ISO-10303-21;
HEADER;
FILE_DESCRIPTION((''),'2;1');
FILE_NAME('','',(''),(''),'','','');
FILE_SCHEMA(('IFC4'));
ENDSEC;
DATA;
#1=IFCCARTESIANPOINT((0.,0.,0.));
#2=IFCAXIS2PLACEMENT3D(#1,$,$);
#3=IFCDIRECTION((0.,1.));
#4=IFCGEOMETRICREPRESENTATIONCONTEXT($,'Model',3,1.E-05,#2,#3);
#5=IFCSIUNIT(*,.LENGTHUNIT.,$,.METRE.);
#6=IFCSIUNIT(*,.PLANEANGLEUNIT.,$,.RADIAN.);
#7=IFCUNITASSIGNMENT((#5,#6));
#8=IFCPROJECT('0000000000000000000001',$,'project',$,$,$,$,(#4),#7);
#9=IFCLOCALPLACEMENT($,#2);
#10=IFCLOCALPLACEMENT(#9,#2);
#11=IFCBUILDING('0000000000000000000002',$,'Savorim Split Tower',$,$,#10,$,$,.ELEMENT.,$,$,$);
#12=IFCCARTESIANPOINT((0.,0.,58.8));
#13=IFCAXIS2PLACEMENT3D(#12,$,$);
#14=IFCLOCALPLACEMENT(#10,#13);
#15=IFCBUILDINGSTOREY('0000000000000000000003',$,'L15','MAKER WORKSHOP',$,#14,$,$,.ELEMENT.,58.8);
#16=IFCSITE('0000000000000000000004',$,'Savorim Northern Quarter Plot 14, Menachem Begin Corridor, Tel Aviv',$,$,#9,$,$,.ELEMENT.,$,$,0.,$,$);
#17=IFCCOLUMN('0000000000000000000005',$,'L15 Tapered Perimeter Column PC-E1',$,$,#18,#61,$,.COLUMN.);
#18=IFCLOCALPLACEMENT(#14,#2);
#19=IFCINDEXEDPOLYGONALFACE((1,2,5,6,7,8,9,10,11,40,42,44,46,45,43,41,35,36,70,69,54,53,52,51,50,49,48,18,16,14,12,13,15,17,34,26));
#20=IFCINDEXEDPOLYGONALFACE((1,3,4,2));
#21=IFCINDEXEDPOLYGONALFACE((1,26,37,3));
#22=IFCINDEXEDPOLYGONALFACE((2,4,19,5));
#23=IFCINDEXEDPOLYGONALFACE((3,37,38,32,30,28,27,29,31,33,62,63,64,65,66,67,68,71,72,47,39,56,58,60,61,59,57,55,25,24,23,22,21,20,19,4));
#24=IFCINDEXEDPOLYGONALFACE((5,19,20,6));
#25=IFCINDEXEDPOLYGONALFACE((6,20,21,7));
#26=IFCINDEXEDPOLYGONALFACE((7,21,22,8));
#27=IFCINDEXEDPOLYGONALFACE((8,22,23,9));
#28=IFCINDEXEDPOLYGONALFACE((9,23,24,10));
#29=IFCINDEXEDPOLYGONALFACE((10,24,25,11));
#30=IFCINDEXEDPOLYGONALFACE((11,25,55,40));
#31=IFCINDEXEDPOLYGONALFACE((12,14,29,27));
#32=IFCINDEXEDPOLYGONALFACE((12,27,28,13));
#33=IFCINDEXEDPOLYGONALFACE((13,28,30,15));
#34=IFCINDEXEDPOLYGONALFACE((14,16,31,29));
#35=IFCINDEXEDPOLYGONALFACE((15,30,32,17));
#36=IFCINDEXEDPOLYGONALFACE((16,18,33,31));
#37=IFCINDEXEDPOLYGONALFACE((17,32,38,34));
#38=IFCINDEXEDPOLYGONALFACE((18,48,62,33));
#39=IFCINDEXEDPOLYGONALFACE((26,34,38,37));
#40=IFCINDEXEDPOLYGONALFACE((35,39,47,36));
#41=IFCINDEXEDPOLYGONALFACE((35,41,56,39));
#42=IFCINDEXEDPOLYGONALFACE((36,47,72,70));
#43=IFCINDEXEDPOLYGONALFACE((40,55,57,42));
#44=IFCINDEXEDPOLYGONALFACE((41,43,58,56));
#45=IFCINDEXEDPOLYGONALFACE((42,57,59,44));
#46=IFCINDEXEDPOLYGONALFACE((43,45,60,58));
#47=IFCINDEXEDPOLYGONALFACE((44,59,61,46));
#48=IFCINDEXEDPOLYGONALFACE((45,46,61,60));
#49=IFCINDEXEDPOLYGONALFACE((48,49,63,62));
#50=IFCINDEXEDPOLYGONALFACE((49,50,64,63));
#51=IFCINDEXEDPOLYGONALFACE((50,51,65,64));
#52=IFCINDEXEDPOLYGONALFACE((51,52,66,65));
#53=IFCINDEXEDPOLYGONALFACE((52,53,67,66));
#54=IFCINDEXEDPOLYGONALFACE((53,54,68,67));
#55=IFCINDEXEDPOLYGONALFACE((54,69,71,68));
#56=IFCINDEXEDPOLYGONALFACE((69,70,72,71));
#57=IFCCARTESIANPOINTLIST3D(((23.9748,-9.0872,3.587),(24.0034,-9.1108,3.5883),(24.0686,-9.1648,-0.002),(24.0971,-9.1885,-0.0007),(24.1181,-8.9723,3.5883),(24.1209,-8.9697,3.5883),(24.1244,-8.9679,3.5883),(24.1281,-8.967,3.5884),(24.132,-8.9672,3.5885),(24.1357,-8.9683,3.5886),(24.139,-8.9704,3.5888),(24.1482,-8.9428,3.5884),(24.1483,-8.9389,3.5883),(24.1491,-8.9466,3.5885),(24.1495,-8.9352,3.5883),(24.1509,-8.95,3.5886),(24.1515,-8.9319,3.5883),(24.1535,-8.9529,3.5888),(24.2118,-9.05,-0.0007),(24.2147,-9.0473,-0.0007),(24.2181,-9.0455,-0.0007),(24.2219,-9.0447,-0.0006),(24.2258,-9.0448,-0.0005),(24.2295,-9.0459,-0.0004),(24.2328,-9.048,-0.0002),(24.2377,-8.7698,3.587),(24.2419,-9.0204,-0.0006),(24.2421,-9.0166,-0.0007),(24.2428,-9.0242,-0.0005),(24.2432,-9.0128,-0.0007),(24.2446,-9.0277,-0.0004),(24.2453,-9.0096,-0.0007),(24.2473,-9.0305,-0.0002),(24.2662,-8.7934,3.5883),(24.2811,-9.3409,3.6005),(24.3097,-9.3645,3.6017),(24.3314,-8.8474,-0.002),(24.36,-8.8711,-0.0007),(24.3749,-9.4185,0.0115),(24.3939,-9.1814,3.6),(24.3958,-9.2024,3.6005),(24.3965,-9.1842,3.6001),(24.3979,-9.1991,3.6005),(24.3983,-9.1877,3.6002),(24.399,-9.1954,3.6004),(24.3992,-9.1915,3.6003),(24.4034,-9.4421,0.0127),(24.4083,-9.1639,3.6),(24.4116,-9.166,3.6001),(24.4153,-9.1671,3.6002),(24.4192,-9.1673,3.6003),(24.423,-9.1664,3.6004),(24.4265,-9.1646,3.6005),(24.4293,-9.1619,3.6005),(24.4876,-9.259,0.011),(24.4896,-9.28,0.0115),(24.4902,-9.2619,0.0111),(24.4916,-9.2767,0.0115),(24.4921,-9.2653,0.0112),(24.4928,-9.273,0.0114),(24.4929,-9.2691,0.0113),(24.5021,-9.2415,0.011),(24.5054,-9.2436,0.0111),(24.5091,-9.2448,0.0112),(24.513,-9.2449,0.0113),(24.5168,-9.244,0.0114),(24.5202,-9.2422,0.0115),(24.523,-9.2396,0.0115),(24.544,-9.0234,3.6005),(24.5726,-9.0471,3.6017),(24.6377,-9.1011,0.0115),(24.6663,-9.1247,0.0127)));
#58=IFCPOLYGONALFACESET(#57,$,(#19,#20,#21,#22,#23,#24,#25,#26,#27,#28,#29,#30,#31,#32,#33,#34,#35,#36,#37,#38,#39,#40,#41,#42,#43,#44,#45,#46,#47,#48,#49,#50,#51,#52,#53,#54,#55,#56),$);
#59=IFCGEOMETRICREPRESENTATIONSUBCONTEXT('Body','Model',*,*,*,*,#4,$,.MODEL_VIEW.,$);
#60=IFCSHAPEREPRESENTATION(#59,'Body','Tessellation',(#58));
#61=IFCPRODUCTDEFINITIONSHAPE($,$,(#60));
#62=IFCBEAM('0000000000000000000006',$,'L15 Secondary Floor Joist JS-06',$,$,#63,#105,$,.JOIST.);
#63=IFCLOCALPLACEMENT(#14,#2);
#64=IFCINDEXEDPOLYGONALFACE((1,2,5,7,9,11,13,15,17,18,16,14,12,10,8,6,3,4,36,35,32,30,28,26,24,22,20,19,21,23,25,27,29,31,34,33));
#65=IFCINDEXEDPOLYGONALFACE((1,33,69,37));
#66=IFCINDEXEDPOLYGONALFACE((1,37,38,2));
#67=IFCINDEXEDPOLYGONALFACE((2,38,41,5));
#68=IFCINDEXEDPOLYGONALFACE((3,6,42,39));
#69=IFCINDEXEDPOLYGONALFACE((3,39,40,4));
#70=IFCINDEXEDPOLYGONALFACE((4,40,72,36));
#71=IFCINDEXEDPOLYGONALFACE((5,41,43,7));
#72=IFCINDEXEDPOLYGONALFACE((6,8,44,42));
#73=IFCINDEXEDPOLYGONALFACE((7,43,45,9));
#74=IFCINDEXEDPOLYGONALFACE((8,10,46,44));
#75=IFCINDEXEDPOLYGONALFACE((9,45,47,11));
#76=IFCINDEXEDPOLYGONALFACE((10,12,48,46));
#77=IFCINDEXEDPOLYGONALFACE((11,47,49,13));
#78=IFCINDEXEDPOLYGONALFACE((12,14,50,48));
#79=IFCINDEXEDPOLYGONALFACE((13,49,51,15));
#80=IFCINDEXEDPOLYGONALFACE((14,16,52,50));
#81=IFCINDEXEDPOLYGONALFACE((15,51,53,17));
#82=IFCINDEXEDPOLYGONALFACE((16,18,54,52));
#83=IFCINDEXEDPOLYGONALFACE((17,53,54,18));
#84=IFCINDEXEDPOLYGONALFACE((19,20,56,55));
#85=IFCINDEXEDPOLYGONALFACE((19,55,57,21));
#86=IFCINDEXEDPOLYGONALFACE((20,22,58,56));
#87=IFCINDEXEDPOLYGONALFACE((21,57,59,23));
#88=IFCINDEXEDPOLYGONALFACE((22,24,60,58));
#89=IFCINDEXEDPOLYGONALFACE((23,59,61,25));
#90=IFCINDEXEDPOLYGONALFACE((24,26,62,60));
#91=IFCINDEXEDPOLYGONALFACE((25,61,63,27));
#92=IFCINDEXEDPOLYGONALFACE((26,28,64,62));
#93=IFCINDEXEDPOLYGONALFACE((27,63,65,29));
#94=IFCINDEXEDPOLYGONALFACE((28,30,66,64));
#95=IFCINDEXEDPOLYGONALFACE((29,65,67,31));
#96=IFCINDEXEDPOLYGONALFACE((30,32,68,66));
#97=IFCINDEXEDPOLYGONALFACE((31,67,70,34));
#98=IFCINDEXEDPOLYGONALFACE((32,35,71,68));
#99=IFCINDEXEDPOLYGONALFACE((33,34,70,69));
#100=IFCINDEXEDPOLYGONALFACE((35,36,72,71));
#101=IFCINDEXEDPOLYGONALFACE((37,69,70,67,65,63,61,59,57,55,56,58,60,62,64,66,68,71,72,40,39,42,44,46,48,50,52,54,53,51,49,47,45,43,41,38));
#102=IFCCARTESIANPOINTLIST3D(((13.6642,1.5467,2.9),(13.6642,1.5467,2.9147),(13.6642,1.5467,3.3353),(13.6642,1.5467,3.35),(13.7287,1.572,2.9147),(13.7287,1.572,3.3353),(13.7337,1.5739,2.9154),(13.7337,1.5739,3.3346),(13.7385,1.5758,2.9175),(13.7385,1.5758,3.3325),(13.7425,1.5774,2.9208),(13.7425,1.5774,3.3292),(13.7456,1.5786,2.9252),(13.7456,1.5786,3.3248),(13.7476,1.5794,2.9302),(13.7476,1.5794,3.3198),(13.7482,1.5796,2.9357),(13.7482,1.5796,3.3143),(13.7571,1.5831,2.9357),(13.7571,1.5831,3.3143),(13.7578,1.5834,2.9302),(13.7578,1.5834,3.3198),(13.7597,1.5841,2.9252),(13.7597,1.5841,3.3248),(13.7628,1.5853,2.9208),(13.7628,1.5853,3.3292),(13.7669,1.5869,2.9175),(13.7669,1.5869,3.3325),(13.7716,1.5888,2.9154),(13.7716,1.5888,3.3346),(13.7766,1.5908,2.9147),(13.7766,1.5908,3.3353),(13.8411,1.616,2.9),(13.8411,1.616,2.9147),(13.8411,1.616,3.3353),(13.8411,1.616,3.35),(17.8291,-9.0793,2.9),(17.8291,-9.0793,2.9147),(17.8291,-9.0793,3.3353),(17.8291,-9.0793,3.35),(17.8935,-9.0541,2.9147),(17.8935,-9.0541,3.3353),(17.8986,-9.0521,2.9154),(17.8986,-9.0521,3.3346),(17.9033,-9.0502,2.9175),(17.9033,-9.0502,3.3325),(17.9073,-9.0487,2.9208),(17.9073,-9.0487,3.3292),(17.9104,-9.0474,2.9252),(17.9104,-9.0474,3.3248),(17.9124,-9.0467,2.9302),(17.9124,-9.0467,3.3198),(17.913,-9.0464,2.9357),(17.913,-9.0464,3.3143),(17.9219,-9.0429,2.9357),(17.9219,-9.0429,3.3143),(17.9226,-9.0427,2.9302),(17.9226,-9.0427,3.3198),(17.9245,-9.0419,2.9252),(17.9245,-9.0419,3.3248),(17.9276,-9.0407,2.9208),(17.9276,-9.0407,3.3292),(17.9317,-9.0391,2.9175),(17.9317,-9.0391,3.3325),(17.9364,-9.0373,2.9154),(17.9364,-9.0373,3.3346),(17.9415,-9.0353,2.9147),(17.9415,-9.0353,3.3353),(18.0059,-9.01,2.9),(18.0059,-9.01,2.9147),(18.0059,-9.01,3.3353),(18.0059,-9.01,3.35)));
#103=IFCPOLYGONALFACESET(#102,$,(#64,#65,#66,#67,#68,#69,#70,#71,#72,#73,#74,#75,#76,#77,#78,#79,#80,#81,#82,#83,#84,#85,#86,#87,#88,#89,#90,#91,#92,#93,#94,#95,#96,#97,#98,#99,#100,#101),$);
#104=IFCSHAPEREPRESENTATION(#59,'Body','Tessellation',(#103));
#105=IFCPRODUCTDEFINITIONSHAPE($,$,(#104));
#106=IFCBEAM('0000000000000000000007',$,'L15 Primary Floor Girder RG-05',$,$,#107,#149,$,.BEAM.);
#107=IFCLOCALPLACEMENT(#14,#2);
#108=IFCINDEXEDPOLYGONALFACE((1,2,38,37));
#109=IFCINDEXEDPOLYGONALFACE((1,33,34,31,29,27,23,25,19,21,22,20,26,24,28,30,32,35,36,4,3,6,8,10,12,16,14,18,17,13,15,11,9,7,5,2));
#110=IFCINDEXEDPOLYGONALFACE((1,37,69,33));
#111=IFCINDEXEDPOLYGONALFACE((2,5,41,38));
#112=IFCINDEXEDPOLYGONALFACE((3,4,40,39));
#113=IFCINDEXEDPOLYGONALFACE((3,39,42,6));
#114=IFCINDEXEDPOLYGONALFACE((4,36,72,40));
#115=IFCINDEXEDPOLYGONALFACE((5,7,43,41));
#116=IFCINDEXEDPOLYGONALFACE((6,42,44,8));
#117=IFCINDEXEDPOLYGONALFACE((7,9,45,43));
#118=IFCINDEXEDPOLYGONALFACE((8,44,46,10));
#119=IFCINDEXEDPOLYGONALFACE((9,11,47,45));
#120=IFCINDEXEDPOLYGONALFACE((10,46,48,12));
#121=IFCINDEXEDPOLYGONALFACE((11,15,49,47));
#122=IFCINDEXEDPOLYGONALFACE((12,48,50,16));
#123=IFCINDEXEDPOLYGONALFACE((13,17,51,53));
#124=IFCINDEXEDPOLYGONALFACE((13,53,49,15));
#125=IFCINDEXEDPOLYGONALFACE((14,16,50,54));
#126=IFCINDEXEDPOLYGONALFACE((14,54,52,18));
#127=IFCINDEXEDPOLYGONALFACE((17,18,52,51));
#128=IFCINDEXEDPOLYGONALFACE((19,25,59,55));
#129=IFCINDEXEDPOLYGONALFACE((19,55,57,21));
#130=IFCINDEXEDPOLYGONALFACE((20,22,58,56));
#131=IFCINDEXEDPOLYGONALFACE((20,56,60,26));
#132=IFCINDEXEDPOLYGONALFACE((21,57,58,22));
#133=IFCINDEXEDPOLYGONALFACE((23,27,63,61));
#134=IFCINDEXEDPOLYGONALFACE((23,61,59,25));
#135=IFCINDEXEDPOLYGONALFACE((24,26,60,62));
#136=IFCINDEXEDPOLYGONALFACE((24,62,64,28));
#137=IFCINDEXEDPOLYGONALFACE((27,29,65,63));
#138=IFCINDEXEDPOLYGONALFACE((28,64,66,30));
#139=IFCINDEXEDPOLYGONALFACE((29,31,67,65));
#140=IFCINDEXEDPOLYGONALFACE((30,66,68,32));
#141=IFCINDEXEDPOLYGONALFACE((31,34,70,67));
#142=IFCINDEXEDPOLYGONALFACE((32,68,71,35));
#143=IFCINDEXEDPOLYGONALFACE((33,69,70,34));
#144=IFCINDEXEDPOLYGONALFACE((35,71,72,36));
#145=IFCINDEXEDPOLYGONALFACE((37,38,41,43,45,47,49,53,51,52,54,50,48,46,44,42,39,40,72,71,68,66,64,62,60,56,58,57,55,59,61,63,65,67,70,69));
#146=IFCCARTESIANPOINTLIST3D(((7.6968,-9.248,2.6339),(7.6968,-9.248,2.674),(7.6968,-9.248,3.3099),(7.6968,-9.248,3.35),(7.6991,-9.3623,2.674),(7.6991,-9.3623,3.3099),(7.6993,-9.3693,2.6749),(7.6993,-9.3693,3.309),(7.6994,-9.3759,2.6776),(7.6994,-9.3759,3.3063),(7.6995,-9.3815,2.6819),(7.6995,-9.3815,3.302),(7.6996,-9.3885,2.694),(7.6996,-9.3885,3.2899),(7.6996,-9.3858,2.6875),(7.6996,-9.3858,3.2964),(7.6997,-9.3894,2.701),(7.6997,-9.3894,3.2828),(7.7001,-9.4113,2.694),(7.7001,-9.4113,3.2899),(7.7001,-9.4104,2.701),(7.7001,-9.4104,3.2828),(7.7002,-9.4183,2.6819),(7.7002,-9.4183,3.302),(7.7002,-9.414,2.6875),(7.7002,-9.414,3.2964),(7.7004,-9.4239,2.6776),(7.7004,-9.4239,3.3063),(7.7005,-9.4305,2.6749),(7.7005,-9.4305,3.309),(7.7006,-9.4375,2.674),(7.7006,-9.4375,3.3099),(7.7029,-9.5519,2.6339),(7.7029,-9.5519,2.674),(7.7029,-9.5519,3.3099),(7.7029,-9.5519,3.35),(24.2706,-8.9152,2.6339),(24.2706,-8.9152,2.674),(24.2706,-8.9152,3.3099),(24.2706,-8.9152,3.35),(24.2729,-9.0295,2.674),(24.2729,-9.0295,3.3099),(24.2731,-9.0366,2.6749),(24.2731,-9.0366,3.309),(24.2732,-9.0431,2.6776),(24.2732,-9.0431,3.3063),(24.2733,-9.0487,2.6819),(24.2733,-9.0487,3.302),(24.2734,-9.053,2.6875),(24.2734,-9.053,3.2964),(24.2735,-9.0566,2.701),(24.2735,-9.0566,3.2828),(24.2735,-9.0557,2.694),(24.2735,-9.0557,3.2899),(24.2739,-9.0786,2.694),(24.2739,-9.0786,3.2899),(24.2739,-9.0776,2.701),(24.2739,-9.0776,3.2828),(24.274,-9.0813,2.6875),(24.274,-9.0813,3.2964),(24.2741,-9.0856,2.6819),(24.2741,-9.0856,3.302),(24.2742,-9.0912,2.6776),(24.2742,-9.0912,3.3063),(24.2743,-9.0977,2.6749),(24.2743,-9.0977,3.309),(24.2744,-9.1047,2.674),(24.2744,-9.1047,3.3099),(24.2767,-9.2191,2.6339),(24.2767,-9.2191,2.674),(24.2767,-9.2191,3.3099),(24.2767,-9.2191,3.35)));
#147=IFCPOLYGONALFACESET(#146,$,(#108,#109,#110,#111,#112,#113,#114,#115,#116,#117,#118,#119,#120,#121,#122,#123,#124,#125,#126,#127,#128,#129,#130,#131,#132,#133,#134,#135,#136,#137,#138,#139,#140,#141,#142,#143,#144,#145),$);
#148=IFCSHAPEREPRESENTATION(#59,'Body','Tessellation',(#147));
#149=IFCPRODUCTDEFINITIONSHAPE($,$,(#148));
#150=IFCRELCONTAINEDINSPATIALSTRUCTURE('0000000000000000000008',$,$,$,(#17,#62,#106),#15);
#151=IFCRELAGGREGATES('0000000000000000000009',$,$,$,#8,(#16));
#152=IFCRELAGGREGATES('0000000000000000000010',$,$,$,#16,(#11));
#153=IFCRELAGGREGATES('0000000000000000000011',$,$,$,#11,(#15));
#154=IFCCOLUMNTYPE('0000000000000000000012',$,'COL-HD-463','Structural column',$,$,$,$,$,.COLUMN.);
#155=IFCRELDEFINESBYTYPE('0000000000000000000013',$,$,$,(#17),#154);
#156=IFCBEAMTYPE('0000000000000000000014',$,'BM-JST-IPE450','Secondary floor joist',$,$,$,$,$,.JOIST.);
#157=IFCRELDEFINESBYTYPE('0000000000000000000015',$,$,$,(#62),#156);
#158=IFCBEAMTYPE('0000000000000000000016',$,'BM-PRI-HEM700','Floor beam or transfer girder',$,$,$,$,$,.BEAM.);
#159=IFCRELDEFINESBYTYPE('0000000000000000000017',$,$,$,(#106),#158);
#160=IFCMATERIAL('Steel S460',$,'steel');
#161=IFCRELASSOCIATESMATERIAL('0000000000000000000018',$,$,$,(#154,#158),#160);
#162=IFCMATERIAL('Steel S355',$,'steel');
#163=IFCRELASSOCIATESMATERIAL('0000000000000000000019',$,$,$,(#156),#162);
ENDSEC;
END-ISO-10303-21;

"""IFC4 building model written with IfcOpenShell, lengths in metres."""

from ifc_helpers import new_model, si_unit, direction, frame, origin, origin_2d, place, context, subcontext, project, spatial, i_section, extrude, material, material_profile, profile_set, type_object, element, save


model = new_model("IFC4")

# Units and contexts
model_context = context("Model", 3, precision=1e-05, world=origin(), true_north=direction((0.0, 1.0)))
body_context = subcontext(model_context, "Body", "Model", "MODEL_VIEW")
ifc_project = project(units=[si_unit("LENGTHUNIT", "METRE"), si_unit("PLANEANGLEUNIT", "RADIAN")], contexts=[model_context])

# Site, building, storey
site_placement = place(None, origin())
site = spatial("IfcSite", under=ifc_project, at=site_placement, Name="Savorim Northern Quarter Plot 14, Menachem Begin Corridor, Tel Aviv", CompositionType="ELEMENT", RefElevation=0.0)
building_placement = place(site_placement, origin())
building = spatial("IfcBuilding", under=site, at=building_placement, Name="Savorim Split Tower", CompositionType="ELEMENT")
storey_placement = place(building_placement, frame((0.0, 0.0, 58.8)))
storey = spatial("IfcBuildingStorey", under=building, at=storey_placement, Name="L15", Description="MAKER WORKSHOP", CompositionType="ELEMENT", Elevation=58.8)

# Column
ifc_material_1 = material(Name="Steel S460", Category="steel")
ifc_material_profile_1 = material_profile(ifc_material_1, i_section(OverallWidth=0.4121, OverallDepth=0.4351, WebThickness=0.0227, FlangeThickness=0.0371, FilletRadius=0.0149, at=origin_2d()), Name="HD 400x463")
ifc_profile_set_1 = profile_set([ifc_material_profile_1], Name="Steel S460")
column_type = type_object("IfcColumnType", Name="COL-HD-463", Description="Structural column", PredefinedType="COLUMN", material=ifc_profile_set_1)
column_placement = place(storey_placement, frame((24.3674, -9.1448, 0.0054), z_axis=(-0.026106, 0.021619, 0.999425), x_axis=(-0.637814, -0.77019, 0.0)))
element("IfcColumn", 1, at=column_placement, inside=storey, type_object=column_type, Name="L15 Tapered Perimeter Column PC-E1", PredefinedType="COLUMN", context=body_context, shape_type="SweptSolid", body=[
    extrude(i_section(OverallWidth=0.4121, OverallDepth=0.4351, WebThickness=0.0227, FlangeThickness=0.0371, FilletRadius=0.0149, at=origin_2d()), origin(), (0.0, 0.0, 1.0), 3.5911),
])

# Beams
ifc_material_2 = material(Name="Steel S355", Category="steel")
ifc_material_profile_2 = material_profile(ifc_material_2, i_section(OverallWidth=0.1899, OverallDepth=0.45, WebThickness=0.0095, FlangeThickness=0.0146, FilletRadius=0.021, at=origin_2d()), Name="IPE 450")
ifc_profile_set_2 = profile_set([ifc_material_profile_2], Name="Steel S355")
beam_type_1 = type_object("IfcBeamType", Name="BM-JST-IPE450", Description="Secondary floor joist", PredefinedType="JOIST", material=ifc_profile_set_2)
beam_1_placement = place(storey_placement, frame((17.9175, -9.0447, 3.125), z_axis=(-0.364916, 0.93104, 0.0), x_axis=(-0.93104, -0.364916, 0.0)))
element("IfcBeam", 2, at=beam_1_placement, inside=storey, type_object=beam_type_1, Name="L15 Secondary Floor Joist JS-06", PredefinedType="JOIST", context=body_context, shape_type="SweptSolid", body=[
    extrude(i_section(OverallWidth=0.1899, OverallDepth=0.45, WebThickness=0.0095, FlangeThickness=0.0146, FilletRadius=0.021, at=origin_2d()), origin(), (0.0, 0.0, 1.0), 11.4131),
])
ifc_material_profile_3 = material_profile(ifc_material_1, i_section(OverallWidth=0.304, OverallDepth=0.7161, WebThickness=0.021, FlangeThickness=0.04, FilletRadius=0.0271, at=origin_2d()), Name="HE 700 M")
ifc_profile_set_3 = profile_set([ifc_material_profile_3], Name="Steel S460")
beam_type_2 = type_object("IfcBeamType", Name="BM-PRI-HEM700", Description="Floor beam or transfer girder", PredefinedType="BEAM", material=ifc_profile_set_3)
beam_2_placement = place(storey_placement, frame((24.2737, -9.0671, 2.9919), z_axis=(-0.999799, -0.020074, 0.0), x_axis=(0.020074, -0.999799, 0.0)))
element("IfcBeam", 3, at=beam_2_placement, inside=storey, type_object=beam_type_2, Name="L15 Primary Floor Girder RG-05", PredefinedType="BEAM", context=body_context, shape_type="SweptSolid", body=[
    extrude(i_section(OverallWidth=0.304, OverallDepth=0.7161, WebThickness=0.021, FlangeThickness=0.04, FilletRadius=0.0271, at=origin_2d()), origin(), (0.0, 0.0, 1.0), 16.5771),
])

save(model, "model.ifc")
